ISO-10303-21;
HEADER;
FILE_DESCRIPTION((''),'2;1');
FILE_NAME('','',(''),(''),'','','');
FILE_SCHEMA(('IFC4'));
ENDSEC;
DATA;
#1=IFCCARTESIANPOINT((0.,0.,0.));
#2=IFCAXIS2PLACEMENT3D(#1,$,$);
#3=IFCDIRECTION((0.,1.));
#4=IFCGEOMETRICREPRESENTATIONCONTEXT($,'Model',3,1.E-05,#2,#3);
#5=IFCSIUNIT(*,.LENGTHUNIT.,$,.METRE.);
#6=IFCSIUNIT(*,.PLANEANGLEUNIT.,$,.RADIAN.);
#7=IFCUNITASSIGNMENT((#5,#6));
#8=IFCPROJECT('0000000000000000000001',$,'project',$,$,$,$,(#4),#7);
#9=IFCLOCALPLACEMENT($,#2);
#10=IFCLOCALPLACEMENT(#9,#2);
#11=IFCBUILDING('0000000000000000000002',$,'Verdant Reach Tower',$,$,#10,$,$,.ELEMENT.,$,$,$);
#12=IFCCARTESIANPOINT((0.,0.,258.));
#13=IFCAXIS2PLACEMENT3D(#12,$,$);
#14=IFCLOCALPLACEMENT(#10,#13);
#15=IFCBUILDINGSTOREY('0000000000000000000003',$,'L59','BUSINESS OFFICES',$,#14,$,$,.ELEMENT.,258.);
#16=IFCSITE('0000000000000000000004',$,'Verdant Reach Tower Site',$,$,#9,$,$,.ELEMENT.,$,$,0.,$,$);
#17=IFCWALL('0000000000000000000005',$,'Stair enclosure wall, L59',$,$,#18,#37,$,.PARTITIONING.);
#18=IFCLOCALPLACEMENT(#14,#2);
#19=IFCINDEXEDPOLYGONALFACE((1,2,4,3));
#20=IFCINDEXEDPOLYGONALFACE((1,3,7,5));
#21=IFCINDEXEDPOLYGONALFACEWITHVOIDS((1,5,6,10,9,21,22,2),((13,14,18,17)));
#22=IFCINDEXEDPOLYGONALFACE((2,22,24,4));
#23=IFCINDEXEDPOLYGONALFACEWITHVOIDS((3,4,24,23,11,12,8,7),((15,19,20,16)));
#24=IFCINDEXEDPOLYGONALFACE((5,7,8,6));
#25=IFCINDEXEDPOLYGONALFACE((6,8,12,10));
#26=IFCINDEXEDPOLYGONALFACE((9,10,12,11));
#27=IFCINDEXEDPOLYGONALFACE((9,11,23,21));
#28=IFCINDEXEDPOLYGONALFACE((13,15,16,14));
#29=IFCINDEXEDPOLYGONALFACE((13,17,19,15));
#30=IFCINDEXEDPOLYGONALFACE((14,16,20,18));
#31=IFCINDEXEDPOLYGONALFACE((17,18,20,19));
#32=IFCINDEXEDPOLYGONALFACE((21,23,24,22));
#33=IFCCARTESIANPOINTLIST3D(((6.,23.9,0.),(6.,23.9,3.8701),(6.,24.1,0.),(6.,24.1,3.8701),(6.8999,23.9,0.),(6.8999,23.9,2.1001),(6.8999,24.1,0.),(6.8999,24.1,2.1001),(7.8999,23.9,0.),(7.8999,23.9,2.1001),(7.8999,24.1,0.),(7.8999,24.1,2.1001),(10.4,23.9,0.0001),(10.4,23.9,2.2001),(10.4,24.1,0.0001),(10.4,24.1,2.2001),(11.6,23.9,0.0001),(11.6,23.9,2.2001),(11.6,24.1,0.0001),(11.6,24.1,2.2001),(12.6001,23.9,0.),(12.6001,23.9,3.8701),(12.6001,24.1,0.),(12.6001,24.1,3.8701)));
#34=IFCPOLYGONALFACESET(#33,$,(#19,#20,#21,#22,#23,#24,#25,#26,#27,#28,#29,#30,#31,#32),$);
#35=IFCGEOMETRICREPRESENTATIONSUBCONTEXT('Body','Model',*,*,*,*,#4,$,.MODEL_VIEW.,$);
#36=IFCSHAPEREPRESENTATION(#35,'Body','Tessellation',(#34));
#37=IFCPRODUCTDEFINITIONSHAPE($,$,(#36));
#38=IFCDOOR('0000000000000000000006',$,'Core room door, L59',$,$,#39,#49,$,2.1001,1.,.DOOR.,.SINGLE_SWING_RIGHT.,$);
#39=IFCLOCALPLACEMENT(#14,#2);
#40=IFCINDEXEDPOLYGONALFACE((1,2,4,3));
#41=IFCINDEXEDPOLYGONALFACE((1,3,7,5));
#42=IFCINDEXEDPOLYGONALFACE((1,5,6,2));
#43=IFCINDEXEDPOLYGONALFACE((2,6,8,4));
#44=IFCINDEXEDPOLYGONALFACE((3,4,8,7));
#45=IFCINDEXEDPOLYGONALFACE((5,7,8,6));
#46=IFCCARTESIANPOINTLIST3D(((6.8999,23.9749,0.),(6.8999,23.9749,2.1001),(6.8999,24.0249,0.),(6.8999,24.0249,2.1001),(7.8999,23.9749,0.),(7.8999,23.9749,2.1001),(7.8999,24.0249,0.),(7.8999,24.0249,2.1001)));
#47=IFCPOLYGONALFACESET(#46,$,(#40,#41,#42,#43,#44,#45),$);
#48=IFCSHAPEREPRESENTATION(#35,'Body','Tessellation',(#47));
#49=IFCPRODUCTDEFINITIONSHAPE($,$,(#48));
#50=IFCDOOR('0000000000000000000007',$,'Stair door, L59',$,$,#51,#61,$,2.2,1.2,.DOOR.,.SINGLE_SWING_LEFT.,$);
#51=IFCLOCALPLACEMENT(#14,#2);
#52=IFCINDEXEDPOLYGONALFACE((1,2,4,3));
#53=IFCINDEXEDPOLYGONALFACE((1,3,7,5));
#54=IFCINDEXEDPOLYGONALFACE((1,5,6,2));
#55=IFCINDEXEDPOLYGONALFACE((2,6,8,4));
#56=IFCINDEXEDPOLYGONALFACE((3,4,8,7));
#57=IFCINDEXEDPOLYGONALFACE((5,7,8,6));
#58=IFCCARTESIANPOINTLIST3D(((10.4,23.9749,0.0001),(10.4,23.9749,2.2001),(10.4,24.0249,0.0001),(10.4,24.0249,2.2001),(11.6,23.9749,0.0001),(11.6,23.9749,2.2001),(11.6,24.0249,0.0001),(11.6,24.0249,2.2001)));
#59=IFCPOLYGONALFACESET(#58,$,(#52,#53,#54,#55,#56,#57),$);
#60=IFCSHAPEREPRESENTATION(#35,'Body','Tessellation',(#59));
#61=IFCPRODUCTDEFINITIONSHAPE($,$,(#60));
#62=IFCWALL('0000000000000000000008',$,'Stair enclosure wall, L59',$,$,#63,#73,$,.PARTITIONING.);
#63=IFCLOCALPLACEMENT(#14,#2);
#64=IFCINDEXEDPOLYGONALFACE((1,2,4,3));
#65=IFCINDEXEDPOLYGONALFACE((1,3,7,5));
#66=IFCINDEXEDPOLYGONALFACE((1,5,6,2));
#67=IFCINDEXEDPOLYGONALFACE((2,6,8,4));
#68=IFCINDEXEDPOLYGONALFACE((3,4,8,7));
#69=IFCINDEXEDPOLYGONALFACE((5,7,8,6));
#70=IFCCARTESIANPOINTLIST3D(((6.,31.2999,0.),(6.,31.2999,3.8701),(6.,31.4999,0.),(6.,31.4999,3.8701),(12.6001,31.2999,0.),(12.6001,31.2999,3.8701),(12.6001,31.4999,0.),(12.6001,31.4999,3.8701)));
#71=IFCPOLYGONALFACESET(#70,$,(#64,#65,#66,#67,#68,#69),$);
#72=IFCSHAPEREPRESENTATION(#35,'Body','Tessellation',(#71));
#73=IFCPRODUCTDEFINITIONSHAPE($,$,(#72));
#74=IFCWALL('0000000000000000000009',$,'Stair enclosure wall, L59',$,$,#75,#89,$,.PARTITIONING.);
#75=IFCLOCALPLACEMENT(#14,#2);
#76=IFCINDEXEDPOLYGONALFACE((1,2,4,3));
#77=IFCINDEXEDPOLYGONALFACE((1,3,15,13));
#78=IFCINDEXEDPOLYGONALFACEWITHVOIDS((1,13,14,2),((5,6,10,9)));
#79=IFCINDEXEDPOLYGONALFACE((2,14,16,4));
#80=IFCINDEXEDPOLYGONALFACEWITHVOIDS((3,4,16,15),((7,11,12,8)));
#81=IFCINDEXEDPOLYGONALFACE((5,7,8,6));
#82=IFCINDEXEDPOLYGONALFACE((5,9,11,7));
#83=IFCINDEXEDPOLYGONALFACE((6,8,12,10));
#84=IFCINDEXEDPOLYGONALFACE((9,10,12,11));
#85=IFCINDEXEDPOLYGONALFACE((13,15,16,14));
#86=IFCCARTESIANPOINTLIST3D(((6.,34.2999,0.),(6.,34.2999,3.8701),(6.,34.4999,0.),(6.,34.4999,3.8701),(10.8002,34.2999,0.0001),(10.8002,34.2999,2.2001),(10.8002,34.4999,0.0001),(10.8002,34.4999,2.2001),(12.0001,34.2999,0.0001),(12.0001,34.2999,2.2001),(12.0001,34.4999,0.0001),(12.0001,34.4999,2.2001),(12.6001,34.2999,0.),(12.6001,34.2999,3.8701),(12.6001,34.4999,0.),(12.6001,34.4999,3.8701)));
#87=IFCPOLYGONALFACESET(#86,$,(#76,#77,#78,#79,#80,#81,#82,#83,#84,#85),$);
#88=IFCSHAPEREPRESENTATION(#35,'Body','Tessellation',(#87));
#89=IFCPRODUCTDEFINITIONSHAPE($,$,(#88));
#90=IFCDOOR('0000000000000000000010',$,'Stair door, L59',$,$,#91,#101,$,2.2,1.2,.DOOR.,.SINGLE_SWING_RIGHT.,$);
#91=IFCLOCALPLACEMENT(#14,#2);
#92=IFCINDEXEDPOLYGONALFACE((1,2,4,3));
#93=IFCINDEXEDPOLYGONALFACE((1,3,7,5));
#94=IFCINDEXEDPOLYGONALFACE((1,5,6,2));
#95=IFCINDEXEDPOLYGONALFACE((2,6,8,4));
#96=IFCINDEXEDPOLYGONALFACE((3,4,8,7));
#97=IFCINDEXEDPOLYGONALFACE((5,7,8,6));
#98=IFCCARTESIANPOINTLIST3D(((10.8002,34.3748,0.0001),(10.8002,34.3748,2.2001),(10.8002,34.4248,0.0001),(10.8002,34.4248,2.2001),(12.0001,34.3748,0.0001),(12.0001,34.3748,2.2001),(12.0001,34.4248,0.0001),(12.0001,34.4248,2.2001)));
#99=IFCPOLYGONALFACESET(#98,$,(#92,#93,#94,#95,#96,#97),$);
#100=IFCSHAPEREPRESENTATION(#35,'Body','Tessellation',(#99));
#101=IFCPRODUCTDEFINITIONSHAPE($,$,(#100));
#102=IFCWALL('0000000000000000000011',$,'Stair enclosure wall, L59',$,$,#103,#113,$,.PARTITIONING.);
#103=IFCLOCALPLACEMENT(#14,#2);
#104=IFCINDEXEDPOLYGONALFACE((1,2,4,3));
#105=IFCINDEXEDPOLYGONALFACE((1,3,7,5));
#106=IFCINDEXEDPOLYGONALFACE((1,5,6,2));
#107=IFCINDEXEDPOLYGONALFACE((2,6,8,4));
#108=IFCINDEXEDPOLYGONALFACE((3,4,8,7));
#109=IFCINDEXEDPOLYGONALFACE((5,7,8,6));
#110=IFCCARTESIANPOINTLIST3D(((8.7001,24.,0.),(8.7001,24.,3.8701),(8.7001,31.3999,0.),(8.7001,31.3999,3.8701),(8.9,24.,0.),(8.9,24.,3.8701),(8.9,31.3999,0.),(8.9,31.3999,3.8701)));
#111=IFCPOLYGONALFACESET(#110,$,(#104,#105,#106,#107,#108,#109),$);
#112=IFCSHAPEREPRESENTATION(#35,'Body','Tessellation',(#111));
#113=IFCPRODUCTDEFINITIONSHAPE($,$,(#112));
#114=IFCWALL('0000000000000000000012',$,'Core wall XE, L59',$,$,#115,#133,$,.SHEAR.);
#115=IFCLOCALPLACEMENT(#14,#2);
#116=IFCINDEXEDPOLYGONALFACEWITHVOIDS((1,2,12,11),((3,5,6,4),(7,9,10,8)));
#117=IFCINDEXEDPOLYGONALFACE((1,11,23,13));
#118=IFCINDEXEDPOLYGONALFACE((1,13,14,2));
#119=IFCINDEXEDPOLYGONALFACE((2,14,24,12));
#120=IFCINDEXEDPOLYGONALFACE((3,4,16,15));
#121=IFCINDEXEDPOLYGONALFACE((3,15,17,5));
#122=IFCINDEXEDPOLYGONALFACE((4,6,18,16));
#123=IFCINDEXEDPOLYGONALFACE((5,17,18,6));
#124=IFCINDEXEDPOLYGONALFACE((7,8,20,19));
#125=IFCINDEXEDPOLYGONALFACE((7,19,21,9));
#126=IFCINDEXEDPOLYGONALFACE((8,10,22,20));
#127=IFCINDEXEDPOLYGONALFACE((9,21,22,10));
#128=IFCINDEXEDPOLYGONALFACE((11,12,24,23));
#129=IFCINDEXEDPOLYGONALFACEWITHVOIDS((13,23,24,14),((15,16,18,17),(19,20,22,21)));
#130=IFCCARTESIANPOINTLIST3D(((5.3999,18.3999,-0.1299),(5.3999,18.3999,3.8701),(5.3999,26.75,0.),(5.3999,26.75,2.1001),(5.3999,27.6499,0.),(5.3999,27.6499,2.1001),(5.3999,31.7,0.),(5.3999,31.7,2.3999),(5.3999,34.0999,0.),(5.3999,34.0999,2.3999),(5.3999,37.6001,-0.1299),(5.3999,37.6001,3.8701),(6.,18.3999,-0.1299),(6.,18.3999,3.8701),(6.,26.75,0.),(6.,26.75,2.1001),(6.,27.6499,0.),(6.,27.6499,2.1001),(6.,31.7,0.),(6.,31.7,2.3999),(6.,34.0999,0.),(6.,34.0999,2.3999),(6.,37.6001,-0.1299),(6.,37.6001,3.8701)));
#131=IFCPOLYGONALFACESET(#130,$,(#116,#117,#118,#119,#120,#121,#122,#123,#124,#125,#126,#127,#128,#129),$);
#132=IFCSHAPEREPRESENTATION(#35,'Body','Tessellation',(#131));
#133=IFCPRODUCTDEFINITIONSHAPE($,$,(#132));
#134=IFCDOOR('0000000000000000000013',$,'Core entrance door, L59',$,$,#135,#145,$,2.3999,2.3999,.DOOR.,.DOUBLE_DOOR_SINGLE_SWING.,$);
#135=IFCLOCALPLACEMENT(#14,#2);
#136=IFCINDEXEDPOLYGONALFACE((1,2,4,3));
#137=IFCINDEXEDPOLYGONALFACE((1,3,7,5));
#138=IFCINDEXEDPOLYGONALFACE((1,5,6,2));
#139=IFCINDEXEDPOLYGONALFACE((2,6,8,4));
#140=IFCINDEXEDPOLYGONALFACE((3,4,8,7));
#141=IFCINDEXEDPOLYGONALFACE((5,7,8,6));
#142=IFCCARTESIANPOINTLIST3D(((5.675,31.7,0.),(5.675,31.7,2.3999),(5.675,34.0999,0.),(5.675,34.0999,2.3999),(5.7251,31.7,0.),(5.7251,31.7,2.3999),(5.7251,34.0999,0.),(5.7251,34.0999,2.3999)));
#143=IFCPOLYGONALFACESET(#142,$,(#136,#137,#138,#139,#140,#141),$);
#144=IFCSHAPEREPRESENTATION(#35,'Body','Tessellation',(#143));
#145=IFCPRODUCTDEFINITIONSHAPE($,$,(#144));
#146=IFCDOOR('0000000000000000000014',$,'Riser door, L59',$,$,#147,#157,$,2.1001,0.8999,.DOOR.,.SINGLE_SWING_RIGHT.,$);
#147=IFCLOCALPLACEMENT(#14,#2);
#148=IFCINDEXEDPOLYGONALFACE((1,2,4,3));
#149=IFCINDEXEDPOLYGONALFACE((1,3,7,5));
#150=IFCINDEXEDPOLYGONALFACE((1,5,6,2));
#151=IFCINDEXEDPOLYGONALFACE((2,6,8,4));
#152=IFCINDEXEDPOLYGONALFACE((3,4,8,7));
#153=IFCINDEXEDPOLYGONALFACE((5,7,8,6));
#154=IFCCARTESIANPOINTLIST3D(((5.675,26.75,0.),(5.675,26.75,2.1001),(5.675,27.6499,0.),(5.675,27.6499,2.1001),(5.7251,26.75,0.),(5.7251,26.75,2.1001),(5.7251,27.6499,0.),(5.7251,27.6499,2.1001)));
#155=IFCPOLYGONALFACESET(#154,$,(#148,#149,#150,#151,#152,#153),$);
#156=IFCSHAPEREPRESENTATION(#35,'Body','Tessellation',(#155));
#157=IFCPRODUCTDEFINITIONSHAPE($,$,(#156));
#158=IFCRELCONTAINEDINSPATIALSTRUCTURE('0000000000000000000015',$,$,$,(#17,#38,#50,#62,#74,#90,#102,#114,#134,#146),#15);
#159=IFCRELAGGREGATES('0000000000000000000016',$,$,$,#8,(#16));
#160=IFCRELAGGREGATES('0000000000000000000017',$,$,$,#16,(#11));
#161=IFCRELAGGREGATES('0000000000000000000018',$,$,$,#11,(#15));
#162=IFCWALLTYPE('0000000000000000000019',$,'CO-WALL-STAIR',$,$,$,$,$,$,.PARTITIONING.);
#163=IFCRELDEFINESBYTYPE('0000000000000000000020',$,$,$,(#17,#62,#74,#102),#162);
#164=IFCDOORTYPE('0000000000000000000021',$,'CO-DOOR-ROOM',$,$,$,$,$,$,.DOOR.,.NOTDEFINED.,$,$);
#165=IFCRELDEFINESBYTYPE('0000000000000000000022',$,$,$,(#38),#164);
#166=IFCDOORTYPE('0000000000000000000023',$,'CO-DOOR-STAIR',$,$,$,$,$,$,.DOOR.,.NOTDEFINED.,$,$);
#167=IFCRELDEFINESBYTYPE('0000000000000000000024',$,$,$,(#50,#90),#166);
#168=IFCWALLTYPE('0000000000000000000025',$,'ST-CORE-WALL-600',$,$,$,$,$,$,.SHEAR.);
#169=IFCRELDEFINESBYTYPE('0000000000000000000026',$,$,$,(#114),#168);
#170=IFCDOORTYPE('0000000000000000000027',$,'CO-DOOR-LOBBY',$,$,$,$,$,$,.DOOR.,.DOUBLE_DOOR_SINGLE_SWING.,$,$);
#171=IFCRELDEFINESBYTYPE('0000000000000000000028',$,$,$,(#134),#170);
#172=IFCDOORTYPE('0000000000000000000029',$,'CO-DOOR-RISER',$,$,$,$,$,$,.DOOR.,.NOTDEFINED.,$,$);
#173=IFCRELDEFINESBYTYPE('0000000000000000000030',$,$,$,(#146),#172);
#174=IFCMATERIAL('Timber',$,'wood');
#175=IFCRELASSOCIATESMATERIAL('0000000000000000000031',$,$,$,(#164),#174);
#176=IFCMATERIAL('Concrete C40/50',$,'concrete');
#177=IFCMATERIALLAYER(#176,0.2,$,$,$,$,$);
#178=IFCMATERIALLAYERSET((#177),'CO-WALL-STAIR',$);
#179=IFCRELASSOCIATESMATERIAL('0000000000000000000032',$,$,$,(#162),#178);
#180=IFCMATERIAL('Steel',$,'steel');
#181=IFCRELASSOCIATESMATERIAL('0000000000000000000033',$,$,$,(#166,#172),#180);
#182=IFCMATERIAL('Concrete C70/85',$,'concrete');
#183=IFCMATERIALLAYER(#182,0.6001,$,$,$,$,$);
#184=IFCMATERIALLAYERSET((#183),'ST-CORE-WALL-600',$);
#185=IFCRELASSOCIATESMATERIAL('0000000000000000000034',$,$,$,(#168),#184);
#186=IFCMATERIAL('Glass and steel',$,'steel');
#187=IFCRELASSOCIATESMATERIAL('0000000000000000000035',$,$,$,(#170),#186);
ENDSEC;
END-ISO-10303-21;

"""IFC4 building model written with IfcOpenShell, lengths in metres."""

from ifc_helpers import new_model, si_unit, direction, frame, frame_2d, origin, place, context, subcontext, project, spatial, rectangle, extrude, material, layer, layer_set, type_object, element, fill, save


model = new_model("IFC4")

# Units and contexts
model_context = context("Model", 3, precision=1e-05, world=origin(), true_north=direction((0.0, 1.0)))
body_context = subcontext(model_context, "Body", "Model", "MODEL_VIEW")
ifc_project = project(units=[si_unit("LENGTHUNIT", "METRE"), si_unit("PLANEANGLEUNIT", "RADIAN")], contexts=[model_context])

# Site, building, storey
site_placement = place(None, origin())
site = spatial("IfcSite", under=ifc_project, at=site_placement, Name="Verdant Reach Tower Site", CompositionType="ELEMENT", RefElevation=0.0)
building_placement = place(site_placement, origin())
building = spatial("IfcBuilding", under=site, at=building_placement, Name="Verdant Reach Tower", CompositionType="ELEMENT")
storey_placement = place(building_placement, frame((0.0, 0.0, 258.0)))
storey = spatial("IfcBuildingStorey", under=building, at=storey_placement, Name="L59", Description="BUSINESS OFFICES", CompositionType="ELEMENT", Elevation=258.0)

# Shared definitions
ifc_material_1 = material(Name="Timber", Category="wood")
door_type_1 = type_object("IfcDoorType", Name="CO-DOOR-ROOM", OperationType="NOTDEFINED", PredefinedType="DOOR", material=ifc_material_1)

# Shared definitions
ifc_material_2 = material(Name="Concrete C40/50", Category="concrete")

# Wall, openings, doors
ifc_layer_1 = layer(ifc_material_2, 0.2)
ifc_layer_set_1 = layer_set([ifc_layer_1], Name="CO-WALL-STAIR")
wall_type_1 = type_object("IfcWallType", Name="CO-WALL-STAIR", PredefinedType="PARTITIONING", material=ifc_layer_set_1)
wall_1_placement = place(storey_placement, frame((6.0, 24.0, 0.0), z_axis=(0.0, 0.0, 1.0), x_axis=(1.0, 0.0, 0.0)))
wall_1 = element("IfcWall", 1, at=wall_1_placement, inside=storey, type_object=wall_type_1, Name="Stair enclosure wall, L59", PredefinedType="PARTITIONING", context=body_context, shape_type="SweptSolid", body=[
    extrude(rectangle(XDim=6.6001, YDim=0.2, at=frame_2d((3.3, 0.0))), origin(), (0.0, 0.0, 1.0), 3.8701),
])
opening_1_placement = place(wall_1_placement, frame((0.8999, 0.0, 0.0)))
opening_1 = element("IfcOpeningElement", 2, at=opening_1_placement, cuts=wall_1, PredefinedType="OPENING", context=body_context, shape_type="SweptSolid", body=[
    extrude(rectangle(XDim=1.0, YDim=2.1001, at=frame_2d((0.5, 1.05))), frame((0.0, 0.1099, 0.0), z_axis=(0.0, -1.0, 0.0), x_axis=(1.0, 0.0, 0.0)), (0.0, 0.0, 1.0), 0.22),
])
opening_2_placement = place(wall_1_placement, frame((4.3999, 0.0, 0.0)))
opening_2 = element("IfcOpeningElement", 3, at=opening_2_placement, cuts=wall_1, PredefinedType="OPENING", context=body_context, shape_type="SweptSolid", body=[
    extrude(rectangle(XDim=1.2, YDim=2.2, at=frame_2d((0.6001, 1.1001))), frame((0.0, 0.1099, 0.0), z_axis=(0.0, -1.0, 0.0), x_axis=(1.0, 0.0, 0.0)), (0.0, 0.0, 1.0), 0.22),
])
door_1_placement = place(opening_1_placement, origin())
door_1 = element("IfcDoor", 4, at=door_1_placement, inside=storey, type_object=door_type_1, Name="Core room door, L59", OperationType="SINGLE_SWING_RIGHT", OverallHeight=2.1001, OverallWidth=1.0, PredefinedType="DOOR", context=body_context, shape_type="SweptSolid", body=[
    extrude(rectangle(XDim=1.0, YDim=2.1001, at=frame_2d((0.5, 1.05))), frame((0.0, 0.0249, 0.0), z_axis=(0.0, -1.0, 0.0), x_axis=(1.0, 0.0, 0.0)), (0.0, 0.0, 1.0), 0.05),
])
fill(opening_1, door_1)
ifc_material_3 = material(Name="Steel", Category="steel")
door_type_2 = type_object("IfcDoorType", Name="CO-DOOR-STAIR", OperationType="NOTDEFINED", PredefinedType="DOOR", material=ifc_material_3)
door_2_placement = place(opening_2_placement, origin())
door_2 = element("IfcDoor", 5, at=door_2_placement, inside=storey, type_object=door_type_2, Name="Stair door, L59", OperationType="SINGLE_SWING_LEFT", OverallHeight=2.2, OverallWidth=1.2, PredefinedType="DOOR", context=body_context, shape_type="SweptSolid", body=[
    extrude(rectangle(XDim=1.2, YDim=2.2, at=frame_2d((0.6001, 1.1001))), frame((0.0, 0.0249, 0.0), z_axis=(0.0, -1.0, 0.0), x_axis=(1.0, 0.0, 0.0)), (0.0, 0.0, 1.0), 0.05),
])
fill(opening_2, door_2)

# Wall
wall_2_placement = place(storey_placement, frame((6.0, 31.3999, 0.0), z_axis=(0.0, 0.0, 1.0), x_axis=(1.0, 0.0, 0.0)))
element("IfcWall", 6, at=wall_2_placement, inside=storey, type_object=wall_type_1, Name="Stair enclosure wall, L59", PredefinedType="PARTITIONING", context=body_context, shape_type="SweptSolid", body=[
    extrude(rectangle(XDim=6.6001, YDim=0.2, at=frame_2d((3.3, 0.0))), origin(), (0.0, 0.0, 1.0), 3.8701),
])

# Wall, opening, door
wall_3_placement = place(storey_placement, frame((6.0, 34.3999, 0.0), z_axis=(0.0, 0.0, 1.0), x_axis=(1.0, 0.0, 0.0)))
wall_3 = element("IfcWall", 7, at=wall_3_placement, inside=storey, type_object=wall_type_1, Name="Stair enclosure wall, L59", PredefinedType="PARTITIONING", context=body_context, shape_type="SweptSolid", body=[
    extrude(rectangle(XDim=6.6001, YDim=0.2, at=frame_2d((3.3, 0.0))), origin(), (0.0, 0.0, 1.0), 3.8701),
])
opening_3_placement = place(wall_3_placement, frame((4.8, 0.0, 0.0)))
opening_3 = element("IfcOpeningElement", 8, at=opening_3_placement, cuts=wall_3, PredefinedType="OPENING", context=body_context, shape_type="SweptSolid", body=[
    extrude(rectangle(XDim=1.2, YDim=2.2, at=frame_2d((0.6001, 1.1001))), frame((0.0, 0.1099, 0.0), z_axis=(0.0, -1.0, 0.0), x_axis=(1.0, 0.0, 0.0)), (0.0, 0.0, 1.0), 0.22),
])
door_3_placement = place(opening_3_placement, origin())
door_3 = element("IfcDoor", 9, at=door_3_placement, inside=storey, type_object=door_type_2, Name="Stair door, L59", OperationType="SINGLE_SWING_RIGHT", OverallHeight=2.2, OverallWidth=1.2, PredefinedType="DOOR", context=body_context, shape_type="SweptSolid", body=[
    extrude(rectangle(XDim=1.2, YDim=2.2, at=frame_2d((0.6001, 1.1001))), frame((0.0, 0.0249, 0.0), z_axis=(0.0, -1.0, 0.0), x_axis=(1.0, 0.0, 0.0)), (0.0, 0.0, 1.0), 0.05),
])
fill(opening_3, door_3)

# Wall
wall_4_placement = place(storey_placement, frame((8.8, 24.0, 0.0), z_axis=(0.0, 0.0, 1.0), x_axis=(0.0, 1.0, 0.0)))
element("IfcWall", 10, at=wall_4_placement, inside=storey, type_object=wall_type_1, Name="Stair enclosure wall, L59", PredefinedType="PARTITIONING", context=body_context, shape_type="SweptSolid", body=[
    extrude(rectangle(XDim=7.3999, YDim=0.2, at=frame_2d((3.7, 0.0))), origin(), (0.0, 0.0, 1.0), 3.8701),
])

# Wall, openings, doors
ifc_material_4 = material(Name="Concrete C70/85", Category="concrete")
ifc_layer_2 = layer(ifc_material_4, 0.6001)
ifc_layer_set_2 = layer_set([ifc_layer_2], Name="ST-CORE-WALL-600")
wall_type_2 = type_object("IfcWallType", Name="ST-CORE-WALL-600", PredefinedType="SHEAR", material=ifc_layer_set_2)
wall_5_placement = place(storey_placement, frame((5.7, 18.3999, -0.1299), z_axis=(0.0, 0.0, 1.0), x_axis=(0.0, 1.0, 0.0)))
wall_5 = element("IfcWall", 11, at=wall_5_placement, inside=storey, type_object=wall_type_2, Name="Core wall XE, L59", PredefinedType="SHEAR", context=body_context, shape_type="SweptSolid", body=[
    extrude(rectangle(XDim=19.2002, YDim=0.6001, at=frame_2d((9.6001, 0.0))), origin(), (0.0, 0.0, 1.0), 4.0),
])
opening_4_placement = place(wall_5_placement, frame((8.3501, 0.0, 0.1299)))
opening_4 = element("IfcOpeningElement", 12, at=opening_4_placement, cuts=wall_5, PredefinedType="OPENING", context=body_context, shape_type="SweptSolid", body=[
    extrude(rectangle(XDim=0.8999, YDim=2.1001, at=frame_2d((0.45, 1.05))), frame((0.0, 0.3101, 0.0), z_axis=(0.0, -1.0, 0.0), x_axis=(1.0, 0.0, 0.0)), (0.0, 0.0, 1.0), 0.6201),
])
opening_5_placement = place(wall_5_placement, frame((13.3, 0.0, 0.1299)))
opening_5 = element("IfcOpeningElement", 13, at=opening_5_placement, cuts=wall_5, PredefinedType="OPENING", context=body_context, shape_type="SweptSolid", body=[
    extrude(rectangle(XDim=2.3999, YDim=2.3999, at=frame_2d((1.2, 1.2))), frame((0.0, 0.3101, 0.0), z_axis=(0.0, -1.0, 0.0), x_axis=(1.0, 0.0, 0.0)), (0.0, 0.0, 1.0), 0.6201),
])
ifc_material_5 = material(Name="Glass and steel", Category="steel")
door_type_3 = type_object("IfcDoorType", Name="CO-DOOR-LOBBY", OperationType="DOUBLE_DOOR_SINGLE_SWING", PredefinedType="DOOR", material=ifc_material_5)
door_4_placement = place(opening_5_placement, origin())
door_4 = element("IfcDoor", 14, at=door_4_placement, inside=storey, type_object=door_type_3, Name="Core entrance door, L59", OperationType="DOUBLE_DOOR_SINGLE_SWING", OverallHeight=2.3999, OverallWidth=2.3999, PredefinedType="DOOR", context=body_context, shape_type="SweptSolid", body=[
    extrude(rectangle(XDim=2.3999, YDim=2.3999, at=frame_2d((1.2, 1.2))), frame((0.0, 0.0249, 0.0), z_axis=(0.0, -1.0, 0.0), x_axis=(1.0, 0.0, 0.0)), (0.0, 0.0, 1.0), 0.05),
])
fill(opening_5, door_4)
door_type_4 = type_object("IfcDoorType", Name="CO-DOOR-RISER", OperationType="NOTDEFINED", PredefinedType="DOOR", material=ifc_material_3)
door_5_placement = place(opening_4_placement, origin())
door_5 = element("IfcDoor", 15, at=door_5_placement, inside=storey, type_object=door_type_4, Name="Riser door, L59", OperationType="SINGLE_SWING_RIGHT", OverallHeight=2.1001, OverallWidth=0.8999, PredefinedType="DOOR", context=body_context, shape_type="SweptSolid", body=[
    extrude(rectangle(XDim=0.8999, YDim=2.1001, at=frame_2d((0.45, 1.05))), frame((0.0, 0.0249, 0.0), z_axis=(0.0, -1.0, 0.0), x_axis=(1.0, 0.0, 0.0)), (0.0, 0.0, 1.0), 0.05),
])
fill(opening_4, door_5)

save(model, "model.ifc")
